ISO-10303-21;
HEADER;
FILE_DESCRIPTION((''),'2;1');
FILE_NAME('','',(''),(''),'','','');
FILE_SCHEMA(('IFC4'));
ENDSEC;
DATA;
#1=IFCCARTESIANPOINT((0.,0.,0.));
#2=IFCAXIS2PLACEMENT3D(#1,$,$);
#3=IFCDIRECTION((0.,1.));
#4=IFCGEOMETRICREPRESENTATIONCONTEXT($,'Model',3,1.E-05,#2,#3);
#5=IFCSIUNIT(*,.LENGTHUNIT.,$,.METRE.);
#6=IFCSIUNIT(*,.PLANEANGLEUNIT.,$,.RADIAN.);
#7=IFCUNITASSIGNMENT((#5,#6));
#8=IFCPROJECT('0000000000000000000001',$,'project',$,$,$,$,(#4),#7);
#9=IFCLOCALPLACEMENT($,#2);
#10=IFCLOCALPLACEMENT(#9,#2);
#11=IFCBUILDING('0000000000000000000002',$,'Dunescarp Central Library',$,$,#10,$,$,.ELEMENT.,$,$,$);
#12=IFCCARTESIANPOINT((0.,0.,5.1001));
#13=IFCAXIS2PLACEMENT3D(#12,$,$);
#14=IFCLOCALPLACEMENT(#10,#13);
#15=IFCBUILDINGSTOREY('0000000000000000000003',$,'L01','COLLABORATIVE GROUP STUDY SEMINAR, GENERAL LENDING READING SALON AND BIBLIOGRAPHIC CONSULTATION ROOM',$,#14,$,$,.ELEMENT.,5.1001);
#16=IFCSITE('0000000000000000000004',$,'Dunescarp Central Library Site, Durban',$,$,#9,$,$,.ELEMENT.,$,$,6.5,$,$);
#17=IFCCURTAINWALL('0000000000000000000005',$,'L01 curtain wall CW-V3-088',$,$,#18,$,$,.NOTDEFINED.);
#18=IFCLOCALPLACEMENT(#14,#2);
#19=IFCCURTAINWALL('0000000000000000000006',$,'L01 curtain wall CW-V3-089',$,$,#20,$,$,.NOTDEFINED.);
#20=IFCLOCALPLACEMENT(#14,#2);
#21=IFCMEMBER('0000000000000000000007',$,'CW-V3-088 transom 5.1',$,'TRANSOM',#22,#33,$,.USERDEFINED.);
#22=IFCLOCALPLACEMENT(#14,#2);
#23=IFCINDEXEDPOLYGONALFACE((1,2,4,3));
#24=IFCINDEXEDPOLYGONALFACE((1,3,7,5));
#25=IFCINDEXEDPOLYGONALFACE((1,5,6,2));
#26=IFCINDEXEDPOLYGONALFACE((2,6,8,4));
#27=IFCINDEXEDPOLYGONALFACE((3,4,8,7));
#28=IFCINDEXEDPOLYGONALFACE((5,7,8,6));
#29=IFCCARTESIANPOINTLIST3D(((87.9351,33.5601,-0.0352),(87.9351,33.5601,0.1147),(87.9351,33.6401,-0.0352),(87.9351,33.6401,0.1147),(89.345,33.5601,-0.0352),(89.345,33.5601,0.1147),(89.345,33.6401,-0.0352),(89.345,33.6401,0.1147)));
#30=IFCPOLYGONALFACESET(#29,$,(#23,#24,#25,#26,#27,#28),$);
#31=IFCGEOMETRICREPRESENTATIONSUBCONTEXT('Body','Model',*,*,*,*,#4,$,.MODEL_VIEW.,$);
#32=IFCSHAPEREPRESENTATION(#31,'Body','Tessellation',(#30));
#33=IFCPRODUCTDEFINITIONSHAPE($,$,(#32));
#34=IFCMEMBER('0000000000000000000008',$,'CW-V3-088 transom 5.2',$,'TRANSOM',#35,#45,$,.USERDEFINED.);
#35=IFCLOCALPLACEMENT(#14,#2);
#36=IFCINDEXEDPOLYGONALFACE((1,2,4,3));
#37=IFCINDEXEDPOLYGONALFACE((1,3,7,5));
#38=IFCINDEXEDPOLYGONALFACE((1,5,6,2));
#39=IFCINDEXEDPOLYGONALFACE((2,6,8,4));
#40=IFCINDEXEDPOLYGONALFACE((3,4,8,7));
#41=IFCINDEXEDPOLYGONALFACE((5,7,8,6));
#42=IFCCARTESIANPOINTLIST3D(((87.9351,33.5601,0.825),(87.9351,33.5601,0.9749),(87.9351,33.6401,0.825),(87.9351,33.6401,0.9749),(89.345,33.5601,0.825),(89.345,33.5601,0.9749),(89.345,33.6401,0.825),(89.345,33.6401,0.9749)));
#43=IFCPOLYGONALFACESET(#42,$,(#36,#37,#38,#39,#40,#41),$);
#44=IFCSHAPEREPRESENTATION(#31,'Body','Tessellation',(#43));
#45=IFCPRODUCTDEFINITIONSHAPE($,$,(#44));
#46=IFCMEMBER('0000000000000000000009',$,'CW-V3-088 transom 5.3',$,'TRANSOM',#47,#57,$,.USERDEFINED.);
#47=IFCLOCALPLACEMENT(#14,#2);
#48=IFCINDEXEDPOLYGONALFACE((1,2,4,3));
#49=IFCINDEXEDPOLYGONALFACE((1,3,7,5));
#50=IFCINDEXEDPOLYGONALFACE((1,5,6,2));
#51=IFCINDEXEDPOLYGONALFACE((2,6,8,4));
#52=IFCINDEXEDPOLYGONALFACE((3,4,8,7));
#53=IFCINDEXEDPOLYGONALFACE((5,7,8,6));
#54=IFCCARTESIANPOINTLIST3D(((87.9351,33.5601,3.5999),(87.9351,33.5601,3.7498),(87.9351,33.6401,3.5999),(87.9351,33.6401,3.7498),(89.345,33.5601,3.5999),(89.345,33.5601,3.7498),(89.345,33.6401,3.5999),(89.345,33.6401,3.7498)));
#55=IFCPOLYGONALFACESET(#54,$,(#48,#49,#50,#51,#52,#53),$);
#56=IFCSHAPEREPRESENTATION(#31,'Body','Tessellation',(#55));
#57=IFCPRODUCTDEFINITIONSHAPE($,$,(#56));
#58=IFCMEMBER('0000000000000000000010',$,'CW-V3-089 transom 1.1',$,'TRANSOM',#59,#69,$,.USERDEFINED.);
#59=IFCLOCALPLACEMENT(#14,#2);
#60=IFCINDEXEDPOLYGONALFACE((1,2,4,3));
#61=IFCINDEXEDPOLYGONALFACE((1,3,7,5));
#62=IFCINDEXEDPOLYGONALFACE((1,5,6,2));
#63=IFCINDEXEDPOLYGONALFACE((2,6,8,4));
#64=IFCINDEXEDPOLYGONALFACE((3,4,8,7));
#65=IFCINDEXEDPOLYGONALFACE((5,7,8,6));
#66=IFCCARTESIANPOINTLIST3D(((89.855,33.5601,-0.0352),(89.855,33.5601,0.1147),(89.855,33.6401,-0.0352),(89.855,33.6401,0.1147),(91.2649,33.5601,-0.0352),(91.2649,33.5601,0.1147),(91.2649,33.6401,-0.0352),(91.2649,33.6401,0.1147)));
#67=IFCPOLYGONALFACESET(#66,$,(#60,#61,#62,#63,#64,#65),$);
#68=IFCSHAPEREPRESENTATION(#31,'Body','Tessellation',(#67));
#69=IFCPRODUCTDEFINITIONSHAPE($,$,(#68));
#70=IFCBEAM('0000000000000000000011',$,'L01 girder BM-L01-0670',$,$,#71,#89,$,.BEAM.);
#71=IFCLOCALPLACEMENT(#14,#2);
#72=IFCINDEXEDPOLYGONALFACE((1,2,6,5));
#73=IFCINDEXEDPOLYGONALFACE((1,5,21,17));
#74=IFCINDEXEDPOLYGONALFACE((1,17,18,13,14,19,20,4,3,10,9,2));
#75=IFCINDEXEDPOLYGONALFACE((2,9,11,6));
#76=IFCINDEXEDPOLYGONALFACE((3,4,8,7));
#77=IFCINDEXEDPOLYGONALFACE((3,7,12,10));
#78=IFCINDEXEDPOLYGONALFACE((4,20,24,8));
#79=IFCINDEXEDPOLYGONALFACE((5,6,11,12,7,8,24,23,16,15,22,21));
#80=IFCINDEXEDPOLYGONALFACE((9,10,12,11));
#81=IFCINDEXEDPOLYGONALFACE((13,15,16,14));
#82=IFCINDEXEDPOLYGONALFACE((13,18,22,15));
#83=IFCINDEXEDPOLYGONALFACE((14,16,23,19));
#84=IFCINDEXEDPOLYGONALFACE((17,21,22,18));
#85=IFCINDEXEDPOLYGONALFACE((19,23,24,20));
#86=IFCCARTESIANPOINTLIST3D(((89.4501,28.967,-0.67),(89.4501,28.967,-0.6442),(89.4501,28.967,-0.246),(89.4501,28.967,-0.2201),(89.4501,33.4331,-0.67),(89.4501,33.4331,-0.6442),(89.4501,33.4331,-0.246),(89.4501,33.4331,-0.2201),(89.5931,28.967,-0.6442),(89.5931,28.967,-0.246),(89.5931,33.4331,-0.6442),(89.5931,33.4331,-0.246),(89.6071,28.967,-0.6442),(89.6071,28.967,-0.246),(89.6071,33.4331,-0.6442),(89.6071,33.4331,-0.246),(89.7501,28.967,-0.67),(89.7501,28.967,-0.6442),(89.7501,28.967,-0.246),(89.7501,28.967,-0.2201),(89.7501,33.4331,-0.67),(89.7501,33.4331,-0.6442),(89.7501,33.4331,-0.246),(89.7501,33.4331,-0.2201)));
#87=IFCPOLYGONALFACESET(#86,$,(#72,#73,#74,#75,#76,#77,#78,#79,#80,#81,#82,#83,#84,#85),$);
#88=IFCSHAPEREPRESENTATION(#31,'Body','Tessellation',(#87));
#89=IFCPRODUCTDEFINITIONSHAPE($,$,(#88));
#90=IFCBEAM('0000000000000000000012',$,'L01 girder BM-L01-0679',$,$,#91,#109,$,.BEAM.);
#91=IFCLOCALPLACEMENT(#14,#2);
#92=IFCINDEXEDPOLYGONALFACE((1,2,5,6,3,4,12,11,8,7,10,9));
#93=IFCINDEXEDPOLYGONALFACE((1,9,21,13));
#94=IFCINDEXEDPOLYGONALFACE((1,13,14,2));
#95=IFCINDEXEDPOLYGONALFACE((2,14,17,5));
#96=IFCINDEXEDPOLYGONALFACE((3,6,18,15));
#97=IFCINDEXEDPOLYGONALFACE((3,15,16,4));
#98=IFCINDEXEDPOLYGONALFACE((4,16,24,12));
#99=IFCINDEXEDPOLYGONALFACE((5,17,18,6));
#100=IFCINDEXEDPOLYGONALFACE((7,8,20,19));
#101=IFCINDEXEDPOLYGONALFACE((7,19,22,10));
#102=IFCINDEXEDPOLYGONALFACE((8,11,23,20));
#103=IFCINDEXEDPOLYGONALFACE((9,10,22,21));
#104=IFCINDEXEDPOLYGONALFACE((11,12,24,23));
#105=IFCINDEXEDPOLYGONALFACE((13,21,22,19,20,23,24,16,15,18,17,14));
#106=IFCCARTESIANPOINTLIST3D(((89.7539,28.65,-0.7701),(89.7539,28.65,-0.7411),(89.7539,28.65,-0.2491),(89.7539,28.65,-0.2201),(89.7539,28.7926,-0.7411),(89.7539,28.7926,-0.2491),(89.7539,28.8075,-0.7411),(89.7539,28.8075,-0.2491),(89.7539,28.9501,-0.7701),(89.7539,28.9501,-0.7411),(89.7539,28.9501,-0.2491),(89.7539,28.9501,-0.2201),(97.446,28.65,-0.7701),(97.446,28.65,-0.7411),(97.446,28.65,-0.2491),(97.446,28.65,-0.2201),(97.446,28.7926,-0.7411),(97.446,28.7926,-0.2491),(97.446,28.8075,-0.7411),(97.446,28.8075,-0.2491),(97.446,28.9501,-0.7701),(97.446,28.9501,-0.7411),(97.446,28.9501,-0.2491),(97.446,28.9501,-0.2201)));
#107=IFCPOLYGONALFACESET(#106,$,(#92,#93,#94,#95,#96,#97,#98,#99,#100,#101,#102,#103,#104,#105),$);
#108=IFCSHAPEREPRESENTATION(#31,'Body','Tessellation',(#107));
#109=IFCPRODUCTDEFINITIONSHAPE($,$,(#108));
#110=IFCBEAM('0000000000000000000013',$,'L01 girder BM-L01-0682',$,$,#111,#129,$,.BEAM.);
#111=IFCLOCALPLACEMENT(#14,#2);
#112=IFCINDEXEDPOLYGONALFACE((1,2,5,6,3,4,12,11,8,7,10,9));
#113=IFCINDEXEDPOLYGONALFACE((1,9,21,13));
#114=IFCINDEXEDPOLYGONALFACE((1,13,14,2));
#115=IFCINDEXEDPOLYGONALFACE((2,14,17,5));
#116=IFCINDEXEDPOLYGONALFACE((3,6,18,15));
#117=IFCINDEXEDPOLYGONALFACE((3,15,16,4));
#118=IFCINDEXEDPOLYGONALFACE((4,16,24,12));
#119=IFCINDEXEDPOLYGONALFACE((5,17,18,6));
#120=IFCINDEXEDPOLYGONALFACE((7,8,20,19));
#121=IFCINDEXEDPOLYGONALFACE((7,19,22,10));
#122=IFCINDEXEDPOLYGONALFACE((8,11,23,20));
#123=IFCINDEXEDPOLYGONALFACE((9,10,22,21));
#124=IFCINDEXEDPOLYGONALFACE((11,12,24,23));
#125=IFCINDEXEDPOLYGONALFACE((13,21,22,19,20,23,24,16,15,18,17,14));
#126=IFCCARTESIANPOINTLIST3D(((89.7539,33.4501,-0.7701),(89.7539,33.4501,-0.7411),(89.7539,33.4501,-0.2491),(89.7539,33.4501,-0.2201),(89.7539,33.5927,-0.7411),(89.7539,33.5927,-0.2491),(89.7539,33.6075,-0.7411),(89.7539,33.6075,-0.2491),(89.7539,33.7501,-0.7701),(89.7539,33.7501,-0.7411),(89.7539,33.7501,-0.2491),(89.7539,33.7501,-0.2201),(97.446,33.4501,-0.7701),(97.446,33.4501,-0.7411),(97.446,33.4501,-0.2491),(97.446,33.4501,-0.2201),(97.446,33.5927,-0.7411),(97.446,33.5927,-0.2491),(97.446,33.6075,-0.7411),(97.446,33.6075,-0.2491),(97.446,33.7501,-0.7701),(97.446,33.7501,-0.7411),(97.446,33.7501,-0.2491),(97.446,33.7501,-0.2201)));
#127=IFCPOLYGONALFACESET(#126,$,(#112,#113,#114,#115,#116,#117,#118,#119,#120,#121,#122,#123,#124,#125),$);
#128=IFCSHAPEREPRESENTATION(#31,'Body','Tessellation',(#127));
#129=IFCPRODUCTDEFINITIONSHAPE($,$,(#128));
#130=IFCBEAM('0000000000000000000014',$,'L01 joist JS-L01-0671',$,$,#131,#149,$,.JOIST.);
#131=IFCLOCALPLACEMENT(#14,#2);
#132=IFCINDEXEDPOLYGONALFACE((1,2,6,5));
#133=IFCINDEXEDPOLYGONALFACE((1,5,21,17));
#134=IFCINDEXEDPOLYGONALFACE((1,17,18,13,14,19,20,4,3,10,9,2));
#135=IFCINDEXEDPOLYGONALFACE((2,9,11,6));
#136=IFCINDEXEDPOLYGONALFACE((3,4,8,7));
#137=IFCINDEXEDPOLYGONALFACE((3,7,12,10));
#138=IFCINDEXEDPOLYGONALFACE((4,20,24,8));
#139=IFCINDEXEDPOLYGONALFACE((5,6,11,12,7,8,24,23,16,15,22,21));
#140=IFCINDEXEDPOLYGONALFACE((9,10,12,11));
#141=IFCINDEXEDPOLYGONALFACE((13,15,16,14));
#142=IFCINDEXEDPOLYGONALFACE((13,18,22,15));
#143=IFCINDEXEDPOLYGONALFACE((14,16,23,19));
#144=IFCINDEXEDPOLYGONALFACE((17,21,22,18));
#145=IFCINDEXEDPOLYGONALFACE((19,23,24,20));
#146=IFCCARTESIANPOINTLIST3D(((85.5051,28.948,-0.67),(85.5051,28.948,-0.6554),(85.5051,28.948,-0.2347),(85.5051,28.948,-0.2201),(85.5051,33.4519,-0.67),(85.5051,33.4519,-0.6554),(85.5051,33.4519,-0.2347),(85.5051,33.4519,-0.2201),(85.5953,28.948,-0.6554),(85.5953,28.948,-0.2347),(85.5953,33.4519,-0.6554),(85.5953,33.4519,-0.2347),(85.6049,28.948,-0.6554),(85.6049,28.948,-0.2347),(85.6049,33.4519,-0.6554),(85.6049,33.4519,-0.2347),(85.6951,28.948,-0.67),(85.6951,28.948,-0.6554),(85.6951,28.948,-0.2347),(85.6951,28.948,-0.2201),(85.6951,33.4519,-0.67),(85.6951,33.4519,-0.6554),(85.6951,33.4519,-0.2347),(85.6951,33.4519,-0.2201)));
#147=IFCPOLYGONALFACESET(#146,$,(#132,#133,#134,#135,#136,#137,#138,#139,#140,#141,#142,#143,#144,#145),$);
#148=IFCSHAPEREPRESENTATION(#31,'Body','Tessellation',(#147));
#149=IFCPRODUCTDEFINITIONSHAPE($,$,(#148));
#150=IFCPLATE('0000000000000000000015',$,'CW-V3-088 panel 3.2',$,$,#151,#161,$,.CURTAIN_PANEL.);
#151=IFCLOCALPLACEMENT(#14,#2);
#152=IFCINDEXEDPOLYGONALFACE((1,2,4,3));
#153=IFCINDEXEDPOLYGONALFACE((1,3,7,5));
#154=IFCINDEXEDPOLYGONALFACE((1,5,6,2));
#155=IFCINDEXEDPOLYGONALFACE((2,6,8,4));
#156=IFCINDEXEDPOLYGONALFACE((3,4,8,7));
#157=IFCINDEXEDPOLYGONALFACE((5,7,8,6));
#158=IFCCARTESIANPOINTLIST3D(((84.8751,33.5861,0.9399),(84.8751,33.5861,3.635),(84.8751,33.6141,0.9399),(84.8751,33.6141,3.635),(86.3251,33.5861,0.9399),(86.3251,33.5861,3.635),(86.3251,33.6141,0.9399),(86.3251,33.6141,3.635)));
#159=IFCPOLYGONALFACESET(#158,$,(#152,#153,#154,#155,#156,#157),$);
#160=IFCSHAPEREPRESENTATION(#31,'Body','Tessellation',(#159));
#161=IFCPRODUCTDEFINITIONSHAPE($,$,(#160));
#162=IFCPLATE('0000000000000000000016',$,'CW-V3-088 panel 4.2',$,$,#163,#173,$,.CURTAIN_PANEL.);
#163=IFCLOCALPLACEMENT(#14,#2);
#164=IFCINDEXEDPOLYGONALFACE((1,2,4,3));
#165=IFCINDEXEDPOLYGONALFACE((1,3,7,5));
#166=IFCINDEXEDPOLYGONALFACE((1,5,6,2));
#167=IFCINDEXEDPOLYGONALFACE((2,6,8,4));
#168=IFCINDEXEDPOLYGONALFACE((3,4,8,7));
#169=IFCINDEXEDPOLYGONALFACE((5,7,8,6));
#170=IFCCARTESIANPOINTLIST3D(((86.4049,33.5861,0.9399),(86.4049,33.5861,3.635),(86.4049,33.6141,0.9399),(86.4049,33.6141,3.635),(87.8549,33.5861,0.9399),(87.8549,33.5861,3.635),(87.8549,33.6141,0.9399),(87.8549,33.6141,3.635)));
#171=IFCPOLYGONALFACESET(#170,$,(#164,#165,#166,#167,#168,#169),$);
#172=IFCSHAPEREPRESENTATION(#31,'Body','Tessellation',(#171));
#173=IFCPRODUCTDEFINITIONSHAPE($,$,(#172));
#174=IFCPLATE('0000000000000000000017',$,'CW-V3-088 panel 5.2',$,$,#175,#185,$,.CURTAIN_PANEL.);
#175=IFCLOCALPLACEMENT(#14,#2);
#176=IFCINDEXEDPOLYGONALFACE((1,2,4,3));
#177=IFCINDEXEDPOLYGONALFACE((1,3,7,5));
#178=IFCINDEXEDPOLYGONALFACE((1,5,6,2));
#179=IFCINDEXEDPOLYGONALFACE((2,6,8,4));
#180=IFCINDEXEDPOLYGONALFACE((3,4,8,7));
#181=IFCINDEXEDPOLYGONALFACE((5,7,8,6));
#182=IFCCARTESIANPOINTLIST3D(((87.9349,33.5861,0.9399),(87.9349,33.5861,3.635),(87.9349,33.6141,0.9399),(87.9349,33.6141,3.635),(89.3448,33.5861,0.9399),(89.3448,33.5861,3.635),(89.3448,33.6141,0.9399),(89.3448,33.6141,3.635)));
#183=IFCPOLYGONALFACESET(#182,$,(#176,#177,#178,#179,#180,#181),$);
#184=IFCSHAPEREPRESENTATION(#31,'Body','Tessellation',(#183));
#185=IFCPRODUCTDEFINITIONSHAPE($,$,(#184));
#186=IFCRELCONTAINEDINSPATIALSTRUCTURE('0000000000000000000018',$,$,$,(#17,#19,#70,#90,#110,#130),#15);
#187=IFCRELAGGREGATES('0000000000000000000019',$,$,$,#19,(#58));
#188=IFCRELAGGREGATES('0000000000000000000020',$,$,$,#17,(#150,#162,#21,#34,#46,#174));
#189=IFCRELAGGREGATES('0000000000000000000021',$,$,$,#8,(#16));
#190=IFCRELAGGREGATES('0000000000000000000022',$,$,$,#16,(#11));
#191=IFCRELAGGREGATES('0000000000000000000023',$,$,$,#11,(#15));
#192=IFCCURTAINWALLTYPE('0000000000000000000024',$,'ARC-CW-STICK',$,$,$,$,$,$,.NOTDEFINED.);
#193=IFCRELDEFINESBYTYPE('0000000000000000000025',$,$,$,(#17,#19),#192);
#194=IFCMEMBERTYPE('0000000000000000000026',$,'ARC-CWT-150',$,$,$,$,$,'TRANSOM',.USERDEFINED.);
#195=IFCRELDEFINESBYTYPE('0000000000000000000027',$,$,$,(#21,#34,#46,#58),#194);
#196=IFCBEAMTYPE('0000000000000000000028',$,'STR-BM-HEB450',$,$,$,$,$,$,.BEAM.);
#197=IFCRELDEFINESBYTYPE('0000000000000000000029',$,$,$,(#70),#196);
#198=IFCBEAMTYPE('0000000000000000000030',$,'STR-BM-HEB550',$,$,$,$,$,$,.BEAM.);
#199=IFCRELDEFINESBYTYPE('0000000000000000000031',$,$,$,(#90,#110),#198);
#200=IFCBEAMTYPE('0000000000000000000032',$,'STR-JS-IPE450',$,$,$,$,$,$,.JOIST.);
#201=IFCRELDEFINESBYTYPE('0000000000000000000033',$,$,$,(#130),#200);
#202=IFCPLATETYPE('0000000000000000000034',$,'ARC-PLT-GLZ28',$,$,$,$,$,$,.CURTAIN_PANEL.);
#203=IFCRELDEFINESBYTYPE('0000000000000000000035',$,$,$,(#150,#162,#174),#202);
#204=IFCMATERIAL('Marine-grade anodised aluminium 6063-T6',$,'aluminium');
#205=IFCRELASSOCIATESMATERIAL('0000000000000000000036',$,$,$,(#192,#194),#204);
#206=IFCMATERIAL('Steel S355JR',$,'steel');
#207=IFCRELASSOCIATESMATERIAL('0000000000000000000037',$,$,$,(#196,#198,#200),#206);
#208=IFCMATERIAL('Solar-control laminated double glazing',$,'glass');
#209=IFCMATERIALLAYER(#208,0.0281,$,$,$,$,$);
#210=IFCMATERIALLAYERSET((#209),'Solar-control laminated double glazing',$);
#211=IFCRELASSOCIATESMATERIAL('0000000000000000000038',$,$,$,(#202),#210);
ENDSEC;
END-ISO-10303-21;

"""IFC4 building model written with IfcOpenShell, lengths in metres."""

from ifc_helpers import new_model, si_unit, direction, frame, origin, origin_2d, place, context, subcontext, project, spatial, rectangle, i_section, extrude, material, layer, layer_set, material_profile, profile_set, type_object, element, aggregate, save


model = new_model("IFC4")

# Units and contexts
model_context = context("Model", 3, precision=1e-05, world=origin(), true_north=direction((0.0, 1.0)))
body_context = subcontext(model_context, "Body", "Model", "MODEL_VIEW")
ifc_project = project(units=[si_unit("LENGTHUNIT", "METRE"), si_unit("PLANEANGLEUNIT", "RADIAN")], contexts=[model_context])

# Site, building, storey
site_placement = place(None, origin())
site = spatial("IfcSite", under=ifc_project, at=site_placement, Name="Dunescarp Central Library Site, Durban", CompositionType="ELEMENT", RefElevation=6.5)
building_placement = place(site_placement, origin())
building = spatial("IfcBuilding", under=site, at=building_placement, Name="Dunescarp Central Library", CompositionType="ELEMENT")
storey_placement = place(building_placement, frame((0.0, 0.0, 5.1001)))
storey = spatial("IfcBuildingStorey", under=building, at=storey_placement, Name="L01", Description="COLLABORATIVE GROUP STUDY SEMINAR, GENERAL LENDING READING SALON AND BIBLIOGRAPHIC CONSULTATION ROOM", CompositionType="ELEMENT", Elevation=5.1001)

# Shared definitions
ifc_material_1 = material(Name="Steel S355JR", Category="steel")

# Curtain wall
ifc_material_2 = material(Name="Marine-grade anodised aluminium 6063-T6", Category="aluminium")
curtain_wall_type = type_object("IfcCurtainWallType", Name="ARC-CW-STICK", PredefinedType="NOTDEFINED", material=ifc_material_2)
curtain_wall_1_placement = place(storey_placement, origin())
curtain_wall_1 = element("IfcCurtainWall", 1, at=curtain_wall_1_placement, inside=storey, type_object=curtain_wall_type, Name="L01 curtain wall CW-V3-088", PredefinedType="NOTDEFINED")

# Curtain wall
curtain_wall_2_placement = place(storey_placement, origin())
curtain_wall_2 = element("IfcCurtainWall", 2, at=curtain_wall_2_placement, inside=storey, type_object=curtain_wall_type, Name="L01 curtain wall CW-V3-089", PredefinedType="NOTDEFINED")

# Members
ifc_material_profile_1 = material_profile(ifc_material_2, rectangle(XDim=0.0801, YDim=0.1499, at=origin_2d()), Name="AL 80x150")
ifc_profile_set_1 = profile_set([ifc_material_profile_1], Name="Marine-grade anodised aluminium 6063-T6")
member_type_1 = type_object("IfcMemberType", Name="ARC-CWT-150", ElementType="TRANSOM", PredefinedType="USERDEFINED", material=ifc_profile_set_1)
member_1_placement = place(storey_placement, frame((87.9351, 33.6001, 0.0398), z_axis=(1.0, 0.0, 0.0), x_axis=(0.0, 1.0, 0.0)))
member_1 = element("IfcMember", 3, at=member_1_placement, type_object=member_type_1, Name="CW-V3-088 transom 5.1", ObjectType="TRANSOM", PredefinedType="USERDEFINED", context=body_context, shape_type="SweptSolid", body=[
    extrude(rectangle(XDim=0.0801, YDim=0.1499, at=origin_2d()), origin(), (0.0, 0.0, 1.0), 1.4099),
])
member_2_placement = place(storey_placement, frame((87.9351, 33.6001, 0.8999), z_axis=(1.0, 0.0, 0.0), x_axis=(0.0, 1.0, 0.0)))
member_2 = element("IfcMember", 4, at=member_2_placement, type_object=member_type_1, Name="CW-V3-088 transom 5.2", ObjectType="TRANSOM", PredefinedType="USERDEFINED", context=body_context, shape_type="SweptSolid", body=[
    extrude(rectangle(XDim=0.0801, YDim=0.1499, at=origin_2d()), origin(), (0.0, 0.0, 1.0), 1.4099),
])
member_3_placement = place(storey_placement, frame((87.9351, 33.6001, 3.6748), z_axis=(1.0, 0.0, 0.0), x_axis=(0.0, 1.0, 0.0)))
member_3 = element("IfcMember", 5, at=member_3_placement, type_object=member_type_1, Name="CW-V3-088 transom 5.3", ObjectType="TRANSOM", PredefinedType="USERDEFINED", context=body_context, shape_type="SweptSolid", body=[
    extrude(rectangle(XDim=0.0801, YDim=0.1499, at=origin_2d()), origin(), (0.0, 0.0, 1.0), 1.4099),
])
member_4_placement = place(storey_placement, frame((89.855, 33.6001, 0.0398), z_axis=(1.0, 0.0, 0.0), x_axis=(0.0, 1.0, 0.0)))
member_4 = element("IfcMember", 6, at=member_4_placement, type_object=member_type_1, Name="CW-V3-089 transom 1.1", ObjectType="TRANSOM", PredefinedType="USERDEFINED", context=body_context, shape_type="SweptSolid", body=[
    extrude(rectangle(XDim=0.0801, YDim=0.1499, at=origin_2d()), origin(), (0.0, 0.0, 1.0), 1.4099),
])
aggregate(curtain_wall_2, [member_4])

# Beams
ifc_material_profile_2 = material_profile(ifc_material_1, i_section(OverallWidth=0.3, OverallDepth=0.45, WebThickness=0.0139, FlangeThickness=0.0259, at=origin_2d()), Name="HEB 450")
ifc_profile_set_2 = profile_set([ifc_material_profile_2], Name="Steel S355JR")
beam_type_1 = type_object("IfcBeamType", Name="STR-BM-HEB450", PredefinedType="BEAM", material=ifc_profile_set_2)
beam_1_placement = place(storey_placement, frame((89.6001, 28.967, -0.4451), z_axis=(0.0, 1.0, 0.0), x_axis=(-1.0, 0.0, 0.0)))
element("IfcBeam", 7, at=beam_1_placement, inside=storey, type_object=beam_type_1, Name="L01 girder BM-L01-0670", PredefinedType="BEAM", context=body_context, shape_type="SweptSolid", body=[
    extrude(i_section(OverallWidth=0.3, OverallDepth=0.45, WebThickness=0.0139, FlangeThickness=0.0259, at=origin_2d()), origin(), (0.0, 0.0, 1.0), 4.4661),
])
ifc_material_profile_3 = material_profile(ifc_material_1, i_section(OverallWidth=0.3, OverallDepth=0.55, WebThickness=0.0149, FlangeThickness=0.0291, at=origin_2d()), Name="HEB 550")
ifc_profile_set_3 = profile_set([ifc_material_profile_3], Name="Steel S355JR")
beam_type_2 = type_object("IfcBeamType", Name="STR-BM-HEB550", PredefinedType="BEAM", material=ifc_profile_set_3)
for number, where, z_axis, x_axis, name in (
    (8, (89.7539, 28.8, -0.4951), (1.0, 0.0, 0.0), (0.0, 1.0, 0.0), "L01 girder BM-L01-0679"),
    (9, (89.7539, 33.6001, -0.4951), (1.0, 0.0, 0.0), (0.0, 1.0, 0.0), "L01 girder BM-L01-0682"),
):
    element("IfcBeam", number, at=place(storey_placement, frame(where, z_axis=z_axis, x_axis=x_axis)), inside=storey, type_object=beam_type_2, Name=name, PredefinedType="BEAM", context=body_context, shape_type="SweptSolid", body=[
        extrude(i_section(OverallWidth=0.3, OverallDepth=0.55, WebThickness=0.0149, FlangeThickness=0.0291, at=origin_2d()), origin(), (0.0, 0.0, 1.0), 7.6921),
    ])
ifc_material_profile_4 = material_profile(ifc_material_1, i_section(OverallWidth=0.1899, OverallDepth=0.45, WebThickness=0.0095, FlangeThickness=0.0146, at=origin_2d()), Name="IPE 450")
ifc_profile_set_4 = profile_set([ifc_material_profile_4], Name="Steel S355JR")
beam_type_3 = type_object("IfcBeamType", Name="STR-JS-IPE450", PredefinedType="JOIST", material=ifc_profile_set_4)
beam_2_placement = place(storey_placement, frame((85.6001, 28.948, -0.4451), z_axis=(0.0, 1.0, 0.0), x_axis=(-1.0, 0.0, 0.0)))
element("IfcBeam", 10, at=beam_2_placement, inside=storey, type_object=beam_type_3, Name="L01 joist JS-L01-0671", PredefinedType="JOIST", context=body_context, shape_type="SweptSolid", body=[
    extrude(i_section(OverallWidth=0.1899, OverallDepth=0.45, WebThickness=0.0095, FlangeThickness=0.0146, at=origin_2d()), origin(), (0.0, 0.0, 1.0), 4.5039),
])

# Plates
ifc_material_3 = material(Name="Solar-control laminated double glazing", Category="glass")
ifc_layer_1 = layer(ifc_material_3, 0.0281)
ifc_layer_set_1 = layer_set([ifc_layer_1], Name="Solar-control laminated double glazing")
plate_type_1 = type_object("IfcPlateType", Name="ARC-PLT-GLZ28", PredefinedType="CURTAIN_PANEL", material=ifc_layer_set_1)
plate_1_placement = place(storey_placement, frame((85.6001, 33.6001, 0.9399), z_axis=(0.0, 0.0, 1.0), x_axis=(1.0, 0.0, 0.0)))
plate_1 = element("IfcPlate", 11, at=plate_1_placement, type_object=plate_type_1, Name="CW-V3-088 panel 3.2", PredefinedType="CURTAIN_PANEL", context=body_context, shape_type="SweptSolid", body=[
    extrude(rectangle(XDim=1.45, YDim=0.0281, at=origin_2d()), origin(), (0.0, 0.0, 1.0), 2.6951),
])
plate_2_placement = place(storey_placement, frame((87.1299, 33.6001, 0.9399), z_axis=(0.0, 0.0, 1.0), x_axis=(1.0, 0.0, 0.0)))
plate_2 = element("IfcPlate", 12, at=plate_2_placement, type_object=plate_type_1, Name="CW-V3-088 panel 4.2", PredefinedType="CURTAIN_PANEL", context=body_context, shape_type="SweptSolid", body=[
    extrude(rectangle(XDim=1.45, YDim=0.0281, at=origin_2d()), origin(), (0.0, 0.0, 1.0), 2.6951),
])
plate_3_placement = place(storey_placement, frame((88.6399, 33.6001, 0.9399), z_axis=(0.0, 0.0, 1.0), x_axis=(1.0, 0.0, 0.0)))
plate_3 = element("IfcPlate", 13, at=plate_3_placement, type_object=plate_type_1, Name="CW-V3-088 panel 5.2", PredefinedType="CURTAIN_PANEL", context=body_context, shape_type="SweptSolid", body=[
    extrude(rectangle(XDim=1.4099, YDim=0.0281, at=origin_2d()), origin(), (0.0, 0.0, 1.0), 2.6951),
])
aggregate(curtain_wall_1, [plate_1, plate_2, member_1, member_2, member_3, plate_3])

save(model, "model.ifc")
